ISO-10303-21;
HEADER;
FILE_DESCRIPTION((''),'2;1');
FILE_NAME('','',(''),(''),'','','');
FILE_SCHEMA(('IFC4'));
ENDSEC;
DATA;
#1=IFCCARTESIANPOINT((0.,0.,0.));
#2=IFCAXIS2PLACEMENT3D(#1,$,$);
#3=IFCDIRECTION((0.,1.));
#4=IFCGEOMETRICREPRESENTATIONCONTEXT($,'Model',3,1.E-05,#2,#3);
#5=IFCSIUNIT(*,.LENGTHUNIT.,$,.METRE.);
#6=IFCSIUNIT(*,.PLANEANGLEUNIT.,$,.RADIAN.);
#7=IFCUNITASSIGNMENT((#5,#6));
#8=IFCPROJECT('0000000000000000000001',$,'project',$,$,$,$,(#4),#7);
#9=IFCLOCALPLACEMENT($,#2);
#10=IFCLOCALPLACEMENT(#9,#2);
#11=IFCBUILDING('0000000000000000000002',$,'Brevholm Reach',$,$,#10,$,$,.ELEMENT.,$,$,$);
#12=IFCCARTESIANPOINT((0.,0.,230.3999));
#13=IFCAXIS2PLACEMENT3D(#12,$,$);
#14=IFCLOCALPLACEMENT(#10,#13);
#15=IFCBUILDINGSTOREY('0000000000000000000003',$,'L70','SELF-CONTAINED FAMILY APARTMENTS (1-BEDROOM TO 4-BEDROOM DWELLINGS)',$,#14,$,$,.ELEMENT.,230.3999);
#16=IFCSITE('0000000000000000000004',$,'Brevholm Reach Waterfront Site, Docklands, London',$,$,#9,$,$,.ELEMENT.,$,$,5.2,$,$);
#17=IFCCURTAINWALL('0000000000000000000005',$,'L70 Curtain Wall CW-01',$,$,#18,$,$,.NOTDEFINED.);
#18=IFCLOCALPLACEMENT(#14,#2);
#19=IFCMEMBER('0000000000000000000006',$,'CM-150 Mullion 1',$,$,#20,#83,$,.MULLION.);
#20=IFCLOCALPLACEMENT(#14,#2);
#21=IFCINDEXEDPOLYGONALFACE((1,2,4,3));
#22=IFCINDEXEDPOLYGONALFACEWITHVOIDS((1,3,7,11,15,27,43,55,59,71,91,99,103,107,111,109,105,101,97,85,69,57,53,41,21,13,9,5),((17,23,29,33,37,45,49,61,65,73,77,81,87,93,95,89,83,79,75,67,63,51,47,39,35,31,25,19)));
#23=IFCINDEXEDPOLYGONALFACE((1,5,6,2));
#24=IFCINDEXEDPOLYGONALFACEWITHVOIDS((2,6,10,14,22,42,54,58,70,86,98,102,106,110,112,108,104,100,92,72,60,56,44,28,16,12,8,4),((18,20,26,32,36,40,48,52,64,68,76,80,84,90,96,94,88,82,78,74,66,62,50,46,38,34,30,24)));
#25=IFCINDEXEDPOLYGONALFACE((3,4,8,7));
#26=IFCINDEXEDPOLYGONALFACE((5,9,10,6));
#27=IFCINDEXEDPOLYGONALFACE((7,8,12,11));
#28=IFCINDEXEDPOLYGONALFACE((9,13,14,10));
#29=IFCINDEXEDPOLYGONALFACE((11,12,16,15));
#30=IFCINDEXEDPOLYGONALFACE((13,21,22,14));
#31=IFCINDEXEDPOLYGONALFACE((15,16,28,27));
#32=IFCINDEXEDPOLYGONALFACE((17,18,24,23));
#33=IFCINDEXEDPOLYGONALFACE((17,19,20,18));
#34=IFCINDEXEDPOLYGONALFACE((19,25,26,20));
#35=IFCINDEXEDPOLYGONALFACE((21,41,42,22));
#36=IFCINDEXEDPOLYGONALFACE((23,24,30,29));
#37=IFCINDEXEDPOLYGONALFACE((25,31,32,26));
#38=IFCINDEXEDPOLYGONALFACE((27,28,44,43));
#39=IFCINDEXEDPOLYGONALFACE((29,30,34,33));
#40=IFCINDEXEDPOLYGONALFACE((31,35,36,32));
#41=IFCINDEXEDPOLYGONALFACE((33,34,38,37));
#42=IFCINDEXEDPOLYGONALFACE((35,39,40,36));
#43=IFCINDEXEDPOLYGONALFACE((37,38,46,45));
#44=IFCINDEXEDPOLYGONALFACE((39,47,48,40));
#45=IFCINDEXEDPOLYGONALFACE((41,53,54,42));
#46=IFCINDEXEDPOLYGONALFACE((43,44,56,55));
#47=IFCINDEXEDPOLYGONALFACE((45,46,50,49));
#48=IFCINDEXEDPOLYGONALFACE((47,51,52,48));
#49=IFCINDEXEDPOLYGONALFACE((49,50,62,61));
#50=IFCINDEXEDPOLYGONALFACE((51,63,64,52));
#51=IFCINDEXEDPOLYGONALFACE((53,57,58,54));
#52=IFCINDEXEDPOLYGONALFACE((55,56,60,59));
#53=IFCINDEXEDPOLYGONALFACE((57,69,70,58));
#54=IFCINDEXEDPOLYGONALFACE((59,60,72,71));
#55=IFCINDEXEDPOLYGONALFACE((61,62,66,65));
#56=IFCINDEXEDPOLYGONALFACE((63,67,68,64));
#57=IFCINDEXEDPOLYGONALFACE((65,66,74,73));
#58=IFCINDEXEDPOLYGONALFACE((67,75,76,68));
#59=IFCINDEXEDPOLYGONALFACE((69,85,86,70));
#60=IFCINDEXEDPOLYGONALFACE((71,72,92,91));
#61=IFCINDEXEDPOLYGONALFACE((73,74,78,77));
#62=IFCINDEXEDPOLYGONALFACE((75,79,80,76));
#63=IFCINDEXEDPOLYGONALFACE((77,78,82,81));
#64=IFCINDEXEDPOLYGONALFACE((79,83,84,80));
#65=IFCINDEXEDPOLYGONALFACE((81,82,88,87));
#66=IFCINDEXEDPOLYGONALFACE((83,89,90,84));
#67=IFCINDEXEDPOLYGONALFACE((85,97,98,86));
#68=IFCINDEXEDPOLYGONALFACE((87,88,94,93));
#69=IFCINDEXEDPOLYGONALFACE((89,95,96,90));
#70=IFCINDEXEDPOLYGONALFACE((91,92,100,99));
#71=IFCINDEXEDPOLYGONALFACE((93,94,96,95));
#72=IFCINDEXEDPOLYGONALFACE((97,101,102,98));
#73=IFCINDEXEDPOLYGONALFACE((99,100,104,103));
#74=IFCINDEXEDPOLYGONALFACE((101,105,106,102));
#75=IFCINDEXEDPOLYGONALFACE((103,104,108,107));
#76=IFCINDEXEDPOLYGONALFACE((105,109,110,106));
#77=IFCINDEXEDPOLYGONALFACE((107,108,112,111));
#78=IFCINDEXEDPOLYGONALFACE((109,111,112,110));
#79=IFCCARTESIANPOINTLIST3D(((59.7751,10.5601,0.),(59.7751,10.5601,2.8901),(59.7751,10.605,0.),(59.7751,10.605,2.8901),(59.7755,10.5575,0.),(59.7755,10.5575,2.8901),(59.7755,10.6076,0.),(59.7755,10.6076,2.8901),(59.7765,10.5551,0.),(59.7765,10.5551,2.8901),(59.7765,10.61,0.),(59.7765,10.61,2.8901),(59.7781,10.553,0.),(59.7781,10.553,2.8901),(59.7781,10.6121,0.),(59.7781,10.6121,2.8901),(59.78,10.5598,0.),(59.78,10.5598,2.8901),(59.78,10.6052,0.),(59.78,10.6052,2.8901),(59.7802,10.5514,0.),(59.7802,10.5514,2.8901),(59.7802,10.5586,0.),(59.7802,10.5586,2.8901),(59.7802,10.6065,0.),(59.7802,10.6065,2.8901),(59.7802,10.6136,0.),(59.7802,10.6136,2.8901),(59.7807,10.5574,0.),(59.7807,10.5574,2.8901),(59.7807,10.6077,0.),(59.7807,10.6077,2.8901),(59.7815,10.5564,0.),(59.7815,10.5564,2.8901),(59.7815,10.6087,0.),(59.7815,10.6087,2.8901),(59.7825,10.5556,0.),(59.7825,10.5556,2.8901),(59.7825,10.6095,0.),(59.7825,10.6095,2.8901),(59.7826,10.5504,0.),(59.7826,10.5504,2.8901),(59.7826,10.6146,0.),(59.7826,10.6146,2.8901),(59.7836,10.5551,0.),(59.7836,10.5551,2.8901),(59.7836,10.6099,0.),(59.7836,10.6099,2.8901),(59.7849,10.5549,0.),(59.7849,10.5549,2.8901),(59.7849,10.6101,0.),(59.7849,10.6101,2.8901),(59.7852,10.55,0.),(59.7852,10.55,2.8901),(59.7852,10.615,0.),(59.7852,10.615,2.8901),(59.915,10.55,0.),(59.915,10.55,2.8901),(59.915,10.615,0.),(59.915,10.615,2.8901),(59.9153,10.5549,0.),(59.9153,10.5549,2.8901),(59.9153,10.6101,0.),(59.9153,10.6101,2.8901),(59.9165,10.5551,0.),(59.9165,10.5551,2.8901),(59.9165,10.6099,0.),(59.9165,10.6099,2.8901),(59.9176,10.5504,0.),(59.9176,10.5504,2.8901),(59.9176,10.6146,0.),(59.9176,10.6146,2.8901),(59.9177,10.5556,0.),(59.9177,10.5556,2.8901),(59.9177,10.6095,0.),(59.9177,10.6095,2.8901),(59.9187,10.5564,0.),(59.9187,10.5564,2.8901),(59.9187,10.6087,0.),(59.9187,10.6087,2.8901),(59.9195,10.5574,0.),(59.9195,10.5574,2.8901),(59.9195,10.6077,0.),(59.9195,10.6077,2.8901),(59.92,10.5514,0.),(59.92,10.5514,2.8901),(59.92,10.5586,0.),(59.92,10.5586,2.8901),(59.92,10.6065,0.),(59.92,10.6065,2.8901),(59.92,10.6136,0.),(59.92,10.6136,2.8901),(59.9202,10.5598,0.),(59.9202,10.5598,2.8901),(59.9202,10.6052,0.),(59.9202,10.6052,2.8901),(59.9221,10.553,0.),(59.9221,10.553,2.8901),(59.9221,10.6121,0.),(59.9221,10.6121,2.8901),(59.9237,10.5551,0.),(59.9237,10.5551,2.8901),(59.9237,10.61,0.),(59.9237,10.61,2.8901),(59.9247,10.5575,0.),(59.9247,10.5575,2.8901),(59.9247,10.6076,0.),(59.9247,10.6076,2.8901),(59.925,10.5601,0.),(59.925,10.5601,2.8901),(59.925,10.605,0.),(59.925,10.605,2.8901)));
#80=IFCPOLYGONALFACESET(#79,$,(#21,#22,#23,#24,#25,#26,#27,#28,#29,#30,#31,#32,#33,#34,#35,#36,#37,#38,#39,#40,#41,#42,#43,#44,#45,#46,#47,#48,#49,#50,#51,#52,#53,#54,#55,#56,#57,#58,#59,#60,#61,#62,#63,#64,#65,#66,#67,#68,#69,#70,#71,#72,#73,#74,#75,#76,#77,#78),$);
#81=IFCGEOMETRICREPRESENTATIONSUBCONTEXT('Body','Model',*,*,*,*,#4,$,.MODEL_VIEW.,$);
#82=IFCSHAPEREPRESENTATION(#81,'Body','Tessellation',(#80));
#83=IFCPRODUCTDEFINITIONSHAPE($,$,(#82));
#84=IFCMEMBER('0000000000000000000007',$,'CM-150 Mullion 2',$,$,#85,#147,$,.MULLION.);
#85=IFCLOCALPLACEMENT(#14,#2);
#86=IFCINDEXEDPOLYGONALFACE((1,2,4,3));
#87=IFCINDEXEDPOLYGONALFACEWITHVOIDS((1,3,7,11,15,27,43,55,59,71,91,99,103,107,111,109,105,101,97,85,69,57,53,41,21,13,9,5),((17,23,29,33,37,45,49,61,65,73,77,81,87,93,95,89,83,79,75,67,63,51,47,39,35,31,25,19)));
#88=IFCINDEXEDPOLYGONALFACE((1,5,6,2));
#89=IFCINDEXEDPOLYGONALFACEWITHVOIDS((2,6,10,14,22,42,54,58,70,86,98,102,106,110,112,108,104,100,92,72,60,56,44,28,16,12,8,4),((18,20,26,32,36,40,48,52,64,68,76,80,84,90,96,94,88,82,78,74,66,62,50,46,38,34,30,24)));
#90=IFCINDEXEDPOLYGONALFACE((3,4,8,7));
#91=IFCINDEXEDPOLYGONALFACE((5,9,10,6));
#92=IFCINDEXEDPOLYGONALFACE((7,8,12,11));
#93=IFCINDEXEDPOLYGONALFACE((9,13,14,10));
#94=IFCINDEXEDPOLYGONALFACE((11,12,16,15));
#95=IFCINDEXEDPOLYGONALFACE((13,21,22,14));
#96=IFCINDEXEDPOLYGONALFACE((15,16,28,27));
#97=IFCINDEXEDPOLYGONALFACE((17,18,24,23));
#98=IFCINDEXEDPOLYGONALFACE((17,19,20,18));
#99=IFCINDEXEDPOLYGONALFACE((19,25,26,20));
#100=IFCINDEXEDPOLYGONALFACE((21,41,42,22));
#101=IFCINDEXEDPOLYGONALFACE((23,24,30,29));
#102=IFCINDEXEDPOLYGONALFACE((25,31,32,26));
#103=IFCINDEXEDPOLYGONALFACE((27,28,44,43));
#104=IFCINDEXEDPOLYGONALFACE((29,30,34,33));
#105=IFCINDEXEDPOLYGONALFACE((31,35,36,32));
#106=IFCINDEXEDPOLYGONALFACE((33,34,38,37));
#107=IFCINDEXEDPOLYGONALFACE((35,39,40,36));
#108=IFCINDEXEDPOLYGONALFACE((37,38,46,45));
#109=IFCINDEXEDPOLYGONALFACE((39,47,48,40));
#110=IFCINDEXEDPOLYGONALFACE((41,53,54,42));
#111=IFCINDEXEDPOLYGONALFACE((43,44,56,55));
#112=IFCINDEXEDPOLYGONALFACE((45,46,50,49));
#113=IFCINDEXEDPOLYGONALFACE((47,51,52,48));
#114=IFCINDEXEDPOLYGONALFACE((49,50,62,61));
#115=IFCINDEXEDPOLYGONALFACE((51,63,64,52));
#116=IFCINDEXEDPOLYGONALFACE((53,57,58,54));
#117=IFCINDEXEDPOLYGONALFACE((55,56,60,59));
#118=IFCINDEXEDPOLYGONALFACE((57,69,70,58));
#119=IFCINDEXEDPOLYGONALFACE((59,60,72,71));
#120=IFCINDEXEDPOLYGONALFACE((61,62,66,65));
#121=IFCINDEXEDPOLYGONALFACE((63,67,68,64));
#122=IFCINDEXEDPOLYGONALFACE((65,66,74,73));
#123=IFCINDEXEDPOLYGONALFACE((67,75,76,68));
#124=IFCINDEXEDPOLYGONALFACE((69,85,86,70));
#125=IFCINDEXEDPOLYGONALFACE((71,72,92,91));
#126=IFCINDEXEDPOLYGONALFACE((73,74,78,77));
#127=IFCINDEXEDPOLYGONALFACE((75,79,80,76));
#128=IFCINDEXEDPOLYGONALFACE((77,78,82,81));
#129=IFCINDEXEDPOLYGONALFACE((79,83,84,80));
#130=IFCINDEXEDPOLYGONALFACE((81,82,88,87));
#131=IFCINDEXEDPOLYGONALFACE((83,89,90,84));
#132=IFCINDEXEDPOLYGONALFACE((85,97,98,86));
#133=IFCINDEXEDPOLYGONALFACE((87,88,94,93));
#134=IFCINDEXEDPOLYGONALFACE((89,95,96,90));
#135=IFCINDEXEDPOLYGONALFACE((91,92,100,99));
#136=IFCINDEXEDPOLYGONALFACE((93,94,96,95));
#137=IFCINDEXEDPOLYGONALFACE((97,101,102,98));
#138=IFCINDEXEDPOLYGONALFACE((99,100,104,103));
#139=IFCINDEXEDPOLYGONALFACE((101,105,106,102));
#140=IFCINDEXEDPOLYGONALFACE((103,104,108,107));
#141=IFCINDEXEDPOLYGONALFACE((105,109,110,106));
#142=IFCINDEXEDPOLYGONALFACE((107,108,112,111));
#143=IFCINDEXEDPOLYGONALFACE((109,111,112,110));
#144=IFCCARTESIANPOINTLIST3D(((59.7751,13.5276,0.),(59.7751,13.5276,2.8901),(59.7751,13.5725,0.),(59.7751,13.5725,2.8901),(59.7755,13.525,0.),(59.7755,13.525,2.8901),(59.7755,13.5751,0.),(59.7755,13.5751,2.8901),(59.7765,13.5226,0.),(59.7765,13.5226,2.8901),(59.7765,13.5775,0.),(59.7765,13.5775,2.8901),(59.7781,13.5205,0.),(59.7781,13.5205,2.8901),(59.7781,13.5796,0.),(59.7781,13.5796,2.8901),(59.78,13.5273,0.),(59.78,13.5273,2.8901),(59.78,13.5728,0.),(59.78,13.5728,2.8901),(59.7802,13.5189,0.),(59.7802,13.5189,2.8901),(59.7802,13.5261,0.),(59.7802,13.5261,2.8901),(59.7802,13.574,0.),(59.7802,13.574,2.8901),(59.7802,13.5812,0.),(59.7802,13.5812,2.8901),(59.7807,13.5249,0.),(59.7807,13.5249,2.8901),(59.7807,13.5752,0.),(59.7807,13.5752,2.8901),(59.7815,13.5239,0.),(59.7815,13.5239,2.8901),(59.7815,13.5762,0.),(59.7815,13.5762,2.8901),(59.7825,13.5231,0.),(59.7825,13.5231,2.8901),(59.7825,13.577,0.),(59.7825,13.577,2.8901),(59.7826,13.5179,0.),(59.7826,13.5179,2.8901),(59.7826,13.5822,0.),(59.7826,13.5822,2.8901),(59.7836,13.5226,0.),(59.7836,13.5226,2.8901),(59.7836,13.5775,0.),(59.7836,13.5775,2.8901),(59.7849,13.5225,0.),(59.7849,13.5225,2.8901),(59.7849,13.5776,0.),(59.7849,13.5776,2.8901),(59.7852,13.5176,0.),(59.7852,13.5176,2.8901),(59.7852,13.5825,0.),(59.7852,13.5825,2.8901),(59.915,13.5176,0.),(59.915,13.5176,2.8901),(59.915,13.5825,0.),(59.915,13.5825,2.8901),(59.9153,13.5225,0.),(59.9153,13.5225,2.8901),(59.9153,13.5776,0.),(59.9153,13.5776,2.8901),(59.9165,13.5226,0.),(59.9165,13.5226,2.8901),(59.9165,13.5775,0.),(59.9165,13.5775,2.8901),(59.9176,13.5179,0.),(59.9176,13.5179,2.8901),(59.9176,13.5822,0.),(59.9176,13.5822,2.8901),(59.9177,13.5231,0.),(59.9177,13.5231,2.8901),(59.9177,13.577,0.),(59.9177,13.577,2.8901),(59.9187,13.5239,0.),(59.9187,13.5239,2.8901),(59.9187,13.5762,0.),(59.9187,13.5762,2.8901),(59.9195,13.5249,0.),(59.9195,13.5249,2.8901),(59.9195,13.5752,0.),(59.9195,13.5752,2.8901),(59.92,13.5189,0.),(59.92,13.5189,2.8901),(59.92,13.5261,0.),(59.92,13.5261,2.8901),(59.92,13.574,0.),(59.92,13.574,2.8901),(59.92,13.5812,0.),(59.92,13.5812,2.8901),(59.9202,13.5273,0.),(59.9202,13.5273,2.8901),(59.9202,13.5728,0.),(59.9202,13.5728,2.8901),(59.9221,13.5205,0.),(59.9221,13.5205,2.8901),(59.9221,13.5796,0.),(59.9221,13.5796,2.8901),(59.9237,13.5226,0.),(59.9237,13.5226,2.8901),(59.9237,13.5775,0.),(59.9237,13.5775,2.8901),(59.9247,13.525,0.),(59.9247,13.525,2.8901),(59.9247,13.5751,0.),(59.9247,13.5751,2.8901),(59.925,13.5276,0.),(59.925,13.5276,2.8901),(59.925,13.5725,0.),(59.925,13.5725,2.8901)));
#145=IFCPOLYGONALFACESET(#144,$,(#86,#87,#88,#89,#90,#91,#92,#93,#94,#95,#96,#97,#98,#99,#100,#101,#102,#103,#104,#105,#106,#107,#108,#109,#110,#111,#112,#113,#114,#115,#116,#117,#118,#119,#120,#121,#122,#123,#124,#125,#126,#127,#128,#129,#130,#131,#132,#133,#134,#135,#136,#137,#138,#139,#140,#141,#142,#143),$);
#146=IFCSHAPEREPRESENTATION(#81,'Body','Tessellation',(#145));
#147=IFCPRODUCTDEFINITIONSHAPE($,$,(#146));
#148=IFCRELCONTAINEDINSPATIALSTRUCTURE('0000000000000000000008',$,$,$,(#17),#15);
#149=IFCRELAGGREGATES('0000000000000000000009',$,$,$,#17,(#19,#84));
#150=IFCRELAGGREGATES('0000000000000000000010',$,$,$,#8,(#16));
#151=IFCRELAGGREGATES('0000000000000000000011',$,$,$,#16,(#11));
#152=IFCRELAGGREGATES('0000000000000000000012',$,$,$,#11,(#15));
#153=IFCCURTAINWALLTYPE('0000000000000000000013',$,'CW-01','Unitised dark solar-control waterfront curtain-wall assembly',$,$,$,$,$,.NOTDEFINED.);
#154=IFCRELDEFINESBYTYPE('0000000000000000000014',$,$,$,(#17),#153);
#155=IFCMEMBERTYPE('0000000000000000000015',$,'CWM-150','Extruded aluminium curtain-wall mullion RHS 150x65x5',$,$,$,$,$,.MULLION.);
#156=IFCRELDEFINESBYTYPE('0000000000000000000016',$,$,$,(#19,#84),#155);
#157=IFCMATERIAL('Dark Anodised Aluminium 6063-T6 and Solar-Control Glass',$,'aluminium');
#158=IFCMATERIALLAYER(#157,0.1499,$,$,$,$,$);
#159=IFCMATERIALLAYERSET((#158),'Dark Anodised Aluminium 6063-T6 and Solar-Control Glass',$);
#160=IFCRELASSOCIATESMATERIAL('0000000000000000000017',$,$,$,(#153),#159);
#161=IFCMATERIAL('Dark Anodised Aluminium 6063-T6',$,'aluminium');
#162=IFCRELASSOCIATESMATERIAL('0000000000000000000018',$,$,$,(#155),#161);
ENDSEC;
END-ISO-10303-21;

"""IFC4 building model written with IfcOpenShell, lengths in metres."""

from ifc_helpers import new_model, si_unit, direction, frame, origin, origin_2d, place, context, subcontext, project, spatial, hollow_rectangle, extrude, material, layer, layer_set, material_profile, profile_set, type_object, element, aggregate, save


model = new_model("IFC4")

# Units and contexts
model_context = context("Model", 3, precision=1e-05, world=origin(), true_north=direction((0.0, 1.0)))
body_context = subcontext(model_context, "Body", "Model", "MODEL_VIEW")
ifc_project = project(units=[si_unit("LENGTHUNIT", "METRE"), si_unit("PLANEANGLEUNIT", "RADIAN")], contexts=[model_context])

# Site, building, storey
site_placement = place(None, origin())
site = spatial("IfcSite", under=ifc_project, at=site_placement, Name="Brevholm Reach Waterfront Site, Docklands, London", CompositionType="ELEMENT", RefElevation=5.2)
building_placement = place(site_placement, origin())
building = spatial("IfcBuilding", under=site, at=building_placement, Name="Brevholm Reach", CompositionType="ELEMENT")
storey_placement = place(building_placement, frame((0.0, 0.0, 230.3999)))
storey = spatial("IfcBuildingStorey", under=building, at=storey_placement, Name="L70", Description="SELF-CONTAINED FAMILY APARTMENTS (1-BEDROOM TO 4-BEDROOM DWELLINGS)", CompositionType="ELEMENT", Elevation=230.3999)

# Curtain wall, members
ifc_material_1 = material(Name="Dark Anodised Aluminium 6063-T6 and Solar-Control Glass", Category="aluminium")
ifc_layer_1 = layer(ifc_material_1, 0.1499)
ifc_layer_set_1 = layer_set([ifc_layer_1], Name="Dark Anodised Aluminium 6063-T6 and Solar-Control Glass")
curtain_wall_type = type_object("IfcCurtainWallType", Name="CW-01", Description="Unitised dark solar-control waterfront curtain-wall assembly", PredefinedType="NOTDEFINED", material=ifc_layer_set_1)
curtain_wall_placement = place(storey_placement, origin())
curtain_wall = element("IfcCurtainWall", 1, at=curtain_wall_placement, inside=storey, type_object=curtain_wall_type, Name="L70 Curtain Wall CW-01", PredefinedType="NOTDEFINED")
ifc_material_2 = material(Name="Dark Anodised Aluminium 6063-T6", Category="aluminium")
ifc_material_profile_1 = material_profile(ifc_material_2, hollow_rectangle(XDim=0.0649, YDim=0.1499, WallThickness=0.0049, InnerFilletRadius=0.0049, OuterFilletRadius=0.01, at=origin_2d()), Name="RHS 150x65x5")
ifc_profile_set_1 = profile_set([ifc_material_profile_1], Name="Dark Anodised Aluminium 6063-T6")
member_type_1 = type_object("IfcMemberType", Name="CWM-150", Description="Extruded aluminium curtain-wall mullion RHS 150x65x5", PredefinedType="MULLION", material=ifc_profile_set_1)
member_1_placement = place(storey_placement, frame((59.8501, 10.5825, 0.0), z_axis=(0.0, 0.0, 1.0), x_axis=(0.0, 1.0, 0.0)))
member_1 = element("IfcMember", 2, at=member_1_placement, type_object=member_type_1, Name="CM-150 Mullion 1", PredefinedType="MULLION", context=body_context, shape_type="SweptSolid", body=[
    extrude(hollow_rectangle(XDim=0.0649, YDim=0.1499, WallThickness=0.0049, InnerFilletRadius=0.0049, OuterFilletRadius=0.01, at=origin_2d()), origin(), (0.0, 0.0, 1.0), 2.8901),
])
member_2_placement = place(storey_placement, frame((59.8501, 13.55, 0.0), z_axis=(0.0, 0.0, 1.0), x_axis=(0.0, 1.0, 0.0)))
member_2 = element("IfcMember", 3, at=member_2_placement, type_object=member_type_1, Name="CM-150 Mullion 2", PredefinedType="MULLION", context=body_context, shape_type="SweptSolid", body=[
    extrude(hollow_rectangle(XDim=0.0649, YDim=0.1499, WallThickness=0.0049, InnerFilletRadius=0.0049, OuterFilletRadius=0.01, at=origin_2d()), origin(), (0.0, 0.0, 1.0), 2.8901),
])
aggregate(curtain_wall, [member_1, member_2])

save(model, "model.ifc")
